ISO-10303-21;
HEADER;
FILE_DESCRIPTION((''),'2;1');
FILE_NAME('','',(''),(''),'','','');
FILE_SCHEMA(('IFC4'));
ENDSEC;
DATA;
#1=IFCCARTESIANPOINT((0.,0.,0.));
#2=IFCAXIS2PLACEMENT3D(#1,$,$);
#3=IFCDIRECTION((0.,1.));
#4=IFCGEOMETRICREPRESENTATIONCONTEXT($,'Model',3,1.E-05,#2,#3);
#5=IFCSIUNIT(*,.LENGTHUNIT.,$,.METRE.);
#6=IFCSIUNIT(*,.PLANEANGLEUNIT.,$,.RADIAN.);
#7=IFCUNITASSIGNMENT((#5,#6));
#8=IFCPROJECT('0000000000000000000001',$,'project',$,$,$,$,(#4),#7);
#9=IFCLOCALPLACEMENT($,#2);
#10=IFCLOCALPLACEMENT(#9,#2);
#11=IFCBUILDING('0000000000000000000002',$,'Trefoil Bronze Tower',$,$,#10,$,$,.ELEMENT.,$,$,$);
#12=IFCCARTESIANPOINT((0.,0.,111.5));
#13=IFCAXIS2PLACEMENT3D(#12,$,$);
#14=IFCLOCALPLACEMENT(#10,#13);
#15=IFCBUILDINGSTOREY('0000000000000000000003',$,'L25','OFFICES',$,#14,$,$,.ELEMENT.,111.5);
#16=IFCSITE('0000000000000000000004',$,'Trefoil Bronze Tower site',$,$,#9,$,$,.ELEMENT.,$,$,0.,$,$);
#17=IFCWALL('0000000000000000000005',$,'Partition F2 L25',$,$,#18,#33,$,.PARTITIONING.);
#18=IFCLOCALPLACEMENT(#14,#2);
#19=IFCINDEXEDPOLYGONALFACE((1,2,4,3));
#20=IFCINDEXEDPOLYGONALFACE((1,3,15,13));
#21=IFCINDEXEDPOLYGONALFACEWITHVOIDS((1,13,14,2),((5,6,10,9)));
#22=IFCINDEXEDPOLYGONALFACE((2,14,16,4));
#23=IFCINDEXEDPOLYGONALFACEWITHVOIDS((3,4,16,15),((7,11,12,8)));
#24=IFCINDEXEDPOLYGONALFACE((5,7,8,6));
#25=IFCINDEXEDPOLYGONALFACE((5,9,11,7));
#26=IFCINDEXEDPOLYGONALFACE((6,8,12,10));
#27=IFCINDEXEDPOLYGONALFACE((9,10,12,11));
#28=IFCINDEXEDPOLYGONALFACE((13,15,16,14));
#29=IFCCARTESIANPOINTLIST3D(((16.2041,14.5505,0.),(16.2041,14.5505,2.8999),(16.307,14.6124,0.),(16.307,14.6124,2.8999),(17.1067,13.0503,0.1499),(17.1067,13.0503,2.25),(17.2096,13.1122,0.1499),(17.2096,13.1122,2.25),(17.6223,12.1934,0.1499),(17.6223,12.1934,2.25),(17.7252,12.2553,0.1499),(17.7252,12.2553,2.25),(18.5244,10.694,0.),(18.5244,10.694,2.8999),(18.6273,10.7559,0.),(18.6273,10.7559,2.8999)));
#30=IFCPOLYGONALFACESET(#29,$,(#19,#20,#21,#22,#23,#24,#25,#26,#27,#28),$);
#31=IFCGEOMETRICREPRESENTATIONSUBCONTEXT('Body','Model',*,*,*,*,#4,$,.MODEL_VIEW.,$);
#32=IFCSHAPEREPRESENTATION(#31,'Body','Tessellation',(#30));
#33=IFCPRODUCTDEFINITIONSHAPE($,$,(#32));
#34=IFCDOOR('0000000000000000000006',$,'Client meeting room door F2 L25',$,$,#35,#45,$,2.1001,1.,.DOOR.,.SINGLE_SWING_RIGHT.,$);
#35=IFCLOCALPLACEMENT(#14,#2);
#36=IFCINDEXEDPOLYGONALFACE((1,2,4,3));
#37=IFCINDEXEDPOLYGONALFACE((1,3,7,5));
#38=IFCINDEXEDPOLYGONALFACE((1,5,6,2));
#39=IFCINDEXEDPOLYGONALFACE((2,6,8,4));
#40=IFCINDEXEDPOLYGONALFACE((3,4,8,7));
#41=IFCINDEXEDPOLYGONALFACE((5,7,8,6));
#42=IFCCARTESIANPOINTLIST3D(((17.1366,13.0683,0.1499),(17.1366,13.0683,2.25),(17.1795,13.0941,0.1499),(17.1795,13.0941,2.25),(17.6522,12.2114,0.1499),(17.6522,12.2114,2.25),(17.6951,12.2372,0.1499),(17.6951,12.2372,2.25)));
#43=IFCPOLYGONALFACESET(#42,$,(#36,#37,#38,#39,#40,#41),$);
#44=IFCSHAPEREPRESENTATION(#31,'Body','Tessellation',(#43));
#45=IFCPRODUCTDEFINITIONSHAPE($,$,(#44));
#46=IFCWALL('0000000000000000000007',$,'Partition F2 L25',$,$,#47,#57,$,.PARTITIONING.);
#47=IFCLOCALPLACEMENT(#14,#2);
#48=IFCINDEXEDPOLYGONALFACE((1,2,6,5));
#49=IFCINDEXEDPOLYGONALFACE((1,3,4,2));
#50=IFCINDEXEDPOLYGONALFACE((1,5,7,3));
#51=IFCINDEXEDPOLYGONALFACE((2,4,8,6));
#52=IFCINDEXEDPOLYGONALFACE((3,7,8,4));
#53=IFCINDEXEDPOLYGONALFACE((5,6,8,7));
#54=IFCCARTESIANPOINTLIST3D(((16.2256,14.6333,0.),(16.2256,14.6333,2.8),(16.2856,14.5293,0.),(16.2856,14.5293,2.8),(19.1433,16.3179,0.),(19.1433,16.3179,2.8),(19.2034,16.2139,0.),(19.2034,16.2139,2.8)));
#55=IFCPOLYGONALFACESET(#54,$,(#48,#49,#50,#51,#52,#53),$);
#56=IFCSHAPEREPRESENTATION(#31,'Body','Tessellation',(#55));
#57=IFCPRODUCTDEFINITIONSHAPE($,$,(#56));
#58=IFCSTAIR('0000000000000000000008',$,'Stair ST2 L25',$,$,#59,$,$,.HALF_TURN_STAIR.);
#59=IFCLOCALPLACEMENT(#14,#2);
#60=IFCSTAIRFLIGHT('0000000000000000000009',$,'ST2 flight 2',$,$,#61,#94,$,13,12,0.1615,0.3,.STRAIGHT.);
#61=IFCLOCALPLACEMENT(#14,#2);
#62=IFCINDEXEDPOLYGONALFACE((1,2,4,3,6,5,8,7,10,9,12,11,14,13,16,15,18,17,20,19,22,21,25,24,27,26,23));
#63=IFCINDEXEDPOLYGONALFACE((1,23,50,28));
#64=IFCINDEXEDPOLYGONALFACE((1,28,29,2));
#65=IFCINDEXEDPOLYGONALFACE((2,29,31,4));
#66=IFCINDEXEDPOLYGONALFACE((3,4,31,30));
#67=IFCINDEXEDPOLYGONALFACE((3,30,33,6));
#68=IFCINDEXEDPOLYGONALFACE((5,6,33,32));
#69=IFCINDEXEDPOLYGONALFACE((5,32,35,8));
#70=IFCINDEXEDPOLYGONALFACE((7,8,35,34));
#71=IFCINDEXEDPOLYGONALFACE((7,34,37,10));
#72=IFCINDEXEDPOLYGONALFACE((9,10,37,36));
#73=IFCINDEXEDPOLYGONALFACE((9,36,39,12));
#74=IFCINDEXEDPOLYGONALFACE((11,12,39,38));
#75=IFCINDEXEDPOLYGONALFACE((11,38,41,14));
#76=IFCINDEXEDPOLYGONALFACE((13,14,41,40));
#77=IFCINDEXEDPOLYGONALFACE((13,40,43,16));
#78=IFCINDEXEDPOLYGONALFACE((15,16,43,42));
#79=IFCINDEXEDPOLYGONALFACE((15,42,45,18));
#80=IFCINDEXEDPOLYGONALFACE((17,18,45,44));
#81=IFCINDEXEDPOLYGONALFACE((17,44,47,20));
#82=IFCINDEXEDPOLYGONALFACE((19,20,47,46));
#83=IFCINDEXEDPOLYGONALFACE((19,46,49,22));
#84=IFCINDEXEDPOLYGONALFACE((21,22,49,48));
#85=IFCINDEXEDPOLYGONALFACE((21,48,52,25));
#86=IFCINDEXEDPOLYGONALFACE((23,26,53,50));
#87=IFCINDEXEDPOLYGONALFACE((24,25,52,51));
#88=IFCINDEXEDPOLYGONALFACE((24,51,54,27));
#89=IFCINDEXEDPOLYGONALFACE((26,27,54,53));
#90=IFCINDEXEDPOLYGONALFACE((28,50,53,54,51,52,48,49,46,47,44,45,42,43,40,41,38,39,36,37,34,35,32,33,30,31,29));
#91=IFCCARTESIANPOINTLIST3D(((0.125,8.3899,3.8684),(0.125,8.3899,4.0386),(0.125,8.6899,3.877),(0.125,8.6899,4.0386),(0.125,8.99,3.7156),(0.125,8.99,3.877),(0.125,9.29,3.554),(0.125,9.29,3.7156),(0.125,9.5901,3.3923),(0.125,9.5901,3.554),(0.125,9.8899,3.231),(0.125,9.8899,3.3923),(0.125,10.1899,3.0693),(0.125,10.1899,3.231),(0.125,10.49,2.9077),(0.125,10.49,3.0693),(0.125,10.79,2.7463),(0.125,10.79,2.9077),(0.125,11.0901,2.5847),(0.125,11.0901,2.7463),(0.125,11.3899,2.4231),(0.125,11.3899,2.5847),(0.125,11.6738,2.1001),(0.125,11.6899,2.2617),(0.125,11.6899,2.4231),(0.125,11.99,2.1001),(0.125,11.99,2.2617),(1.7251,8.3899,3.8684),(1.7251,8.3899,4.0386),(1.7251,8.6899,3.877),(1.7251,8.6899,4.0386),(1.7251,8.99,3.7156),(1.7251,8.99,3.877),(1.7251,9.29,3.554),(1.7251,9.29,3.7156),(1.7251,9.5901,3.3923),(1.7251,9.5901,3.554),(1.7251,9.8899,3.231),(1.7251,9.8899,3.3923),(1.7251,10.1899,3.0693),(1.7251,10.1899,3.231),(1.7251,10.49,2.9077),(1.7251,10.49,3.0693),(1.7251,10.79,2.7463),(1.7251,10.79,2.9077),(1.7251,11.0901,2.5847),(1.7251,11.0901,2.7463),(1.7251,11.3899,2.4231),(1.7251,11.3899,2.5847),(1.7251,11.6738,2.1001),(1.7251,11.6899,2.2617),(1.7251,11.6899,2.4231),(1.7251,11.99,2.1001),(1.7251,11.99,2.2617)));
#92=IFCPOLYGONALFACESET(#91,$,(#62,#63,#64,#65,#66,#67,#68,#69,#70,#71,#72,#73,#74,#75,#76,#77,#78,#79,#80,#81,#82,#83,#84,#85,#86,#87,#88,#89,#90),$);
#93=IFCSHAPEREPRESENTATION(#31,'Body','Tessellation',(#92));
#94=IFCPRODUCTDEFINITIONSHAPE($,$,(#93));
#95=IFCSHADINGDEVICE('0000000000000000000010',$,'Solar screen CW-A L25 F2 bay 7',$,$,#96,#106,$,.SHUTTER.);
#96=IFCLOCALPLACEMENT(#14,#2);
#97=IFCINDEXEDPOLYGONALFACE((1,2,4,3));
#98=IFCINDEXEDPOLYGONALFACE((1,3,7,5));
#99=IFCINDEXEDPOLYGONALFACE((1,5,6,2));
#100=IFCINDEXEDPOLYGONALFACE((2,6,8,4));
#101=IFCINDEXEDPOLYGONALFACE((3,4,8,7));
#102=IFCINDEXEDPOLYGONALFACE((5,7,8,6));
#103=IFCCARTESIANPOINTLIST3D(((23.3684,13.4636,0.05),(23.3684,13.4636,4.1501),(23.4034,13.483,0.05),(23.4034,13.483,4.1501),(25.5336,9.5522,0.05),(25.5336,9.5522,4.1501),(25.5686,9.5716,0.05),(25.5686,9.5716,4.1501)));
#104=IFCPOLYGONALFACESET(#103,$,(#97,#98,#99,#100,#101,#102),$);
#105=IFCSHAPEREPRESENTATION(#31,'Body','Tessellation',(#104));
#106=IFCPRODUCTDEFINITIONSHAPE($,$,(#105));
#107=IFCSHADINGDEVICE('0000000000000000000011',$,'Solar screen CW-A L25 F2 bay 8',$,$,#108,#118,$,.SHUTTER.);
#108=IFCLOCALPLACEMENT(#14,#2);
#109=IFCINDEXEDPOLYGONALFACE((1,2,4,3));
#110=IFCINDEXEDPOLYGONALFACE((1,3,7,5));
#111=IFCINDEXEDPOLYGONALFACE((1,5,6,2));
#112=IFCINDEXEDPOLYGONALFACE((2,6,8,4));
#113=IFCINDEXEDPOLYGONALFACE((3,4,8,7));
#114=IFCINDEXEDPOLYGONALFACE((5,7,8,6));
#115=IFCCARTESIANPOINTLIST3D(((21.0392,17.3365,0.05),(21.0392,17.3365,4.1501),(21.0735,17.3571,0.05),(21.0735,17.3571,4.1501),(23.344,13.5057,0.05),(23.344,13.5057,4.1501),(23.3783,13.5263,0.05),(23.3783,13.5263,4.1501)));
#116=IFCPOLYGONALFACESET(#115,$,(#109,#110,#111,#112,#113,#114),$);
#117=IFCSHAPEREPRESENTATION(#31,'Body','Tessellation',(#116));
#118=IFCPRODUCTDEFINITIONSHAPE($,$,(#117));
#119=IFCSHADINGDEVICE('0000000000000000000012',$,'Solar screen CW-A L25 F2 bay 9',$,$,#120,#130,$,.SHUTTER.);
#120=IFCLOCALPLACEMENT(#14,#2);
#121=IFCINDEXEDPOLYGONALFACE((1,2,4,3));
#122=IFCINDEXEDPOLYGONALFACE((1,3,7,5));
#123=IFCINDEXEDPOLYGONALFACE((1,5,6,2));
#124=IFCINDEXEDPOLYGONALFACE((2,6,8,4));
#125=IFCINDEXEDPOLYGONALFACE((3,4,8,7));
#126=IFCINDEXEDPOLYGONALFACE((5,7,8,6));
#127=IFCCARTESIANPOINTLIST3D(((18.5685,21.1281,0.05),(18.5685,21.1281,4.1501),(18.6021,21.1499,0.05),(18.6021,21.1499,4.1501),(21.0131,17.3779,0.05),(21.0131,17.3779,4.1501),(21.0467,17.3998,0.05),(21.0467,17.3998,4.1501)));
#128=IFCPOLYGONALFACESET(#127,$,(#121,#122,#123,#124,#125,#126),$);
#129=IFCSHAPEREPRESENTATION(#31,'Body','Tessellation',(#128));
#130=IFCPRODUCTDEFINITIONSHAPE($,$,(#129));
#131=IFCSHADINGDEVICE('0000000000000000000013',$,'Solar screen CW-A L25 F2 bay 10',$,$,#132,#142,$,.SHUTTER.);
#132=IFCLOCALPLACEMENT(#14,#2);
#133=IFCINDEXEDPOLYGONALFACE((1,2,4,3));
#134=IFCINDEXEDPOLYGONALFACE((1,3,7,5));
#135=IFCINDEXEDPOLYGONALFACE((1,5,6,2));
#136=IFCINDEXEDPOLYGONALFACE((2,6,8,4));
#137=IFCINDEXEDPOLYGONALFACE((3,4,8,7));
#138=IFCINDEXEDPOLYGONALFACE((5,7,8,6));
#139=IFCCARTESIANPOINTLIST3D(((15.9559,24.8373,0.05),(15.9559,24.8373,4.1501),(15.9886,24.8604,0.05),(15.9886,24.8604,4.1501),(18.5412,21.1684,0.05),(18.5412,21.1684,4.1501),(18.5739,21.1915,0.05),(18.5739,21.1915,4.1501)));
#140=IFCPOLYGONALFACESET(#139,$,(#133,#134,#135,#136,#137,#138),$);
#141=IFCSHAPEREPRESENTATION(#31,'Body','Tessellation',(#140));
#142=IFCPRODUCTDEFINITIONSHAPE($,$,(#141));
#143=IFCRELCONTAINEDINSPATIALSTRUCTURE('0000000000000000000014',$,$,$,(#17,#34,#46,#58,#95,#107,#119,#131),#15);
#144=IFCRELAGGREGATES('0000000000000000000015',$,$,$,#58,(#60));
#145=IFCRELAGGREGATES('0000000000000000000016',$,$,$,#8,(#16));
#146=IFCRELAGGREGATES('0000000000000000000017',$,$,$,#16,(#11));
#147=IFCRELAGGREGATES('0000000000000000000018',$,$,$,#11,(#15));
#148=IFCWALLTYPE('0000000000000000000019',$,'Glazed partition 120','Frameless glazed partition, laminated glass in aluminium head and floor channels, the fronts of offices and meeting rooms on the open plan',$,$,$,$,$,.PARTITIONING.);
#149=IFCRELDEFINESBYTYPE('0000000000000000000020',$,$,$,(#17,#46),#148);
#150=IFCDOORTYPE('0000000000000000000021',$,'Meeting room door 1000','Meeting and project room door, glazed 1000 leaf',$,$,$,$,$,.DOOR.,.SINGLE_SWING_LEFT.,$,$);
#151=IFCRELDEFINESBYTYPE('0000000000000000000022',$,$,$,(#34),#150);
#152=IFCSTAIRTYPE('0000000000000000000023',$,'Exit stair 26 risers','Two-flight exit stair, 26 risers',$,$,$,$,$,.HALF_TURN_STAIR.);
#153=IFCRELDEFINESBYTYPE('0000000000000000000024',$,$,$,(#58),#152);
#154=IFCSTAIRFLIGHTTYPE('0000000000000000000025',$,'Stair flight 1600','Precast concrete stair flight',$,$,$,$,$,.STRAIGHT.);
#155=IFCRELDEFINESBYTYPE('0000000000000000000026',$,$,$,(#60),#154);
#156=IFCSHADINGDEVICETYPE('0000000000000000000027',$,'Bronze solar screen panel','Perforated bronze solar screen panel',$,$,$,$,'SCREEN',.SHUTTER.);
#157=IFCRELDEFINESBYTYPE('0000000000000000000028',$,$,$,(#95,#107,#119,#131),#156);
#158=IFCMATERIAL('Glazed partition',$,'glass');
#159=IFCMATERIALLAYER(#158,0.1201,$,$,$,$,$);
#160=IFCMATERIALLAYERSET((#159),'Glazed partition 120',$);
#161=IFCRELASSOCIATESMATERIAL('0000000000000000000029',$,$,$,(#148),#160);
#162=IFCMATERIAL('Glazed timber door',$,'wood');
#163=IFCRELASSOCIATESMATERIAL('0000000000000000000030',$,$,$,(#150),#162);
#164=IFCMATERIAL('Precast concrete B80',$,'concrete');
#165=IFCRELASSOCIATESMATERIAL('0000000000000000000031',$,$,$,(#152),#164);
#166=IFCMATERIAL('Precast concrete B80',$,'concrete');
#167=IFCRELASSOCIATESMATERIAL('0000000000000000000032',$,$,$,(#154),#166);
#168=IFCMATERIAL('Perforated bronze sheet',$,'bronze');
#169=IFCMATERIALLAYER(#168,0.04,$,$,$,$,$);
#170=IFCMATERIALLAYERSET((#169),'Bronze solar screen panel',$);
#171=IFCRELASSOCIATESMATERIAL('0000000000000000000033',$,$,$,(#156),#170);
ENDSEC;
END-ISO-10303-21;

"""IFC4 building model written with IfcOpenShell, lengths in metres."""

from ifc_helpers import new_model, si_unit, direction, frame, frame_2d, origin, origin_2d, place, context, subcontext, project, spatial, polyline, rectangle, outline, extrude, material, layer, layer_set, type_object, element, fill, aggregate, save


model = new_model("IFC4")

# Units and contexts
model_context = context("Model", 3, precision=1e-05, world=origin(), true_north=direction((0.0, 1.0)))
body_context = subcontext(model_context, "Body", "Model", "MODEL_VIEW")
ifc_project = project(units=[si_unit("LENGTHUNIT", "METRE"), si_unit("PLANEANGLEUNIT", "RADIAN")], contexts=[model_context])

# Site, building, storey
site_placement = place(None, origin())
site = spatial("IfcSite", under=ifc_project, at=site_placement, Name="Trefoil Bronze Tower site", CompositionType="ELEMENT", RefElevation=0.0)
building_placement = place(site_placement, origin())
building = spatial("IfcBuilding", under=site, at=building_placement, Name="Trefoil Bronze Tower", CompositionType="ELEMENT")
storey_placement = place(building_placement, frame((0.0, 0.0, 111.5)))
storey = spatial("IfcBuildingStorey", under=building, at=storey_placement, Name="L25", Description="OFFICES", CompositionType="ELEMENT", Elevation=111.5)

# Shared definitions
ifc_material_1 = material(Name="Glazed partition", Category="glass")
ifc_layer_1 = layer(ifc_material_1, 0.1201)
ifc_layer_set_1 = layer_set([ifc_layer_1], Name="Glazed partition 120")
wall_type_1 = type_object("IfcWallType", Name="Glazed partition 120", Description="Frameless glazed partition, laminated glass in aluminium head and floor channels, the fronts of offices and meeting rooms on the open plan", PredefinedType="PARTITIONING", material=ifc_layer_set_1)

# Wall, opening, door
wall_1_placement = place(storey_placement, frame((18.5759, 10.7249, 0.0), z_axis=(0.0, 0.0, 1.0), x_axis=(-0.515548, 0.85686, 0.0)))
wall_1 = element("IfcWall", 1, at=wall_1_placement, inside=storey, type_object=wall_type_1, Name="Partition F2 L25", PredefinedType="PARTITIONING", context=body_context, shape_type="SweptSolid", body=[
    extrude(rectangle(XDim=4.5007, YDim=0.1201, at=frame_2d((2.2505, 0.0))), origin(), (0.0, 0.0, 1.0), 2.8999),
])
opening_1_placement = place(wall_1_placement, frame((1.75, 0.0, 0.1499)))
opening_1 = element("IfcOpeningElement", 2, at=opening_1_placement, cuts=wall_1, PredefinedType="OPENING", context=body_context, shape_type="SweptSolid", body=[
    extrude(rectangle(XDim=1.0, YDim=2.1001, at=frame_2d((0.5, 1.05))), frame((0.0, 0.0701, 0.0), z_axis=(0.0, -1.0, 0.0), x_axis=(1.0, 0.0, 0.0)), (0.0, 0.0, 1.0), 0.1401),
])
ifc_material_2 = material(Name="Glazed timber door", Category="wood")
door_type_1 = type_object("IfcDoorType", Name="Meeting room door 1000", Description="Meeting and project room door, glazed 1000 leaf", OperationType="SINGLE_SWING_LEFT", PredefinedType="DOOR", material=ifc_material_2)
door_1_placement = place(opening_1_placement, frame((1.0, 0.0, 0.0), z_axis=(0.0, 0.0, 1.0), x_axis=(-1.0, 0.0, 0.0)))
door_1 = element("IfcDoor", 3, at=door_1_placement, inside=storey, type_object=door_type_1, Name="Client meeting room door F2 L25", OperationType="SINGLE_SWING_RIGHT", OverallHeight=2.1001, OverallWidth=1.0, PredefinedType="DOOR", context=body_context, shape_type="SweptSolid", body=[
    extrude(rectangle(XDim=1.0, YDim=2.1001, at=frame_2d((0.5, 1.05))), frame((0.0, 0.0249, 0.0), z_axis=(0.0, -1.0, 0.0), x_axis=(1.0, 0.0, 0.0)), (0.0, 0.0, 1.0), 0.05),
])
fill(opening_1, door_1)

# Wall
wall_2_placement = place(storey_placement, frame((16.2556, 14.5813, 0.0), z_axis=(0.0, 0.0, 1.0), x_axis=(0.866023, 0.500005, 0.0)))
element("IfcWall", 4, at=wall_2_placement, inside=storey, type_object=wall_type_1, Name="Partition F2 L25", PredefinedType="PARTITIONING", context=body_context, shape_type="SweptSolid", body=[
    extrude(rectangle(XDim=3.3691, YDim=0.1201, at=frame_2d((1.6846, 0.0))), origin(), (0.0, 0.0, 1.0), 2.8),
])

# Stair, stair flight
ifc_material_3 = material(Name="Precast concrete B80", Category="concrete")
stair_type = type_object("IfcStairType", Name="Exit stair 26 risers", Description="Two-flight exit stair, 26 risers", PredefinedType="HALF_TURN_STAIR", material=ifc_material_3)
stair_placement = place(storey_placement, origin())
stair = element("IfcStair", 5, at=stair_placement, inside=storey, type_object=stair_type, Name="Stair ST2 L25", PredefinedType="HALF_TURN_STAIR")
ifc_material_4 = material(Name="Precast concrete B80", Category="concrete")
stair_flight_type = type_object("IfcStairFlightType", Name="Stair flight 1600", Description="Precast concrete stair flight", PredefinedType="STRAIGHT", material=ifc_material_4)
stair_flight_placement = place(storey_placement, frame((0.925, 11.99, 2.1001), z_axis=(0.0, 0.0, 1.0), x_axis=(0.0, -1.0, 0.0)))
stair_flight = element("IfcStairFlight", 6, at=stair_flight_placement, type_object=stair_flight_type, Name="ST2 flight 2", NumberOfRisers=13, NumberOfTreads=12, PredefinedType="STRAIGHT", RiserHeight=0.1615, TreadLength=0.3, context=body_context, shape_type="SweptSolid", body=[
    extrude(outline(polyline([(0.0, 0.0), (0.0, 0.1616), (0.3, 0.1616), (0.3, 0.323), (0.6001, 0.323), (0.6001, 0.4846), (0.8999, 0.4846), (0.8999, 0.6462), (1.2, 0.6462), (1.2, 0.8076), (1.5, 0.8076), (1.5, 0.9692), (1.8, 0.9692), (1.8, 1.1309), (2.1001, 1.1309), (2.1001, 1.2922), (2.3999, 1.2922), (2.3999, 1.4539), (2.7, 1.4539), (2.7, 1.6155), (3.0, 1.6155), (3.0, 1.7769), (3.3, 1.7769), (3.3, 1.9385), (3.6001, 1.9385), (3.6001, 2.1001), (3.6001, 1.7683), (0.3162, 0.0), (0.0, 0.0)])), frame((0.0, 0.8, 0.0), z_axis=(0.0, -1.0, 0.0), x_axis=(1.0, 0.0, 0.0)), (0.0, 0.0, 1.0), 1.6001),
])
aggregate(stair, [stair_flight])

# Shading devices
ifc_material_5 = material(Name="Perforated bronze sheet", Category="bronze")
ifc_layer_2 = layer(ifc_material_5, 0.04)
ifc_layer_set_2 = layer_set([ifc_layer_2], Name="Bronze solar screen panel")
shading_device_type = type_object("IfcShadingDeviceType", Name="Bronze solar screen panel", Description="Perforated bronze solar screen panel", ElementType="SCREEN", PredefinedType="SHUTTER", material=ifc_layer_set_2)
for number, where, z_axis, x_axis, name in (
    (7, (24.4685, 11.5176, 0.05), (0.0, 0.0, 1.0), (-0.484312, 0.874895, 0.0), "Solar screen CW-A L25 F2 bay 7"),
    (8, (22.2087, 15.4314, 0.05), (0.0, 0.0, 1.0), (-0.515525, 0.856874, 0.0), "Solar screen CW-A L25 F2 bay 8"),
):
    element("IfcShadingDevice", number, at=place(storey_placement, frame(where, z_axis=z_axis, x_axis=x_axis)), inside=storey, type_object=shading_device_type, Name=name, PredefinedType="SHUTTER", context=body_context, shape_type="SweptSolid", body=[
        extrude(rectangle(XDim=4.4707, YDim=0.04, at=origin_2d()), origin(), (0.0, 0.0, 1.0), 4.1001),
    ])
shading_device_1_placement = place(storey_placement, frame((19.8076, 19.2639, 0.05), z_axis=(0.0, 0.0, 1.0), x_axis=(-0.546089, 0.837727, 0.0)))
element("IfcShadingDevice", 9, at=shading_device_1_placement, inside=storey, type_object=shading_device_type, Name="Solar screen CW-A L25 F2 bay 9", PredefinedType="SHUTTER", context=body_context, shape_type="SweptSolid", body=[
    extrude(rectangle(XDim=4.4766, YDim=0.04, at=origin_2d()), origin(), (0.0, 0.0, 1.0), 4.1001),
])
shading_device_2_placement = place(storey_placement, frame((17.2649, 23.0144, 0.05), z_axis=(0.0, 0.0, 1.0), x_axis=(-0.575999, 0.81745, 0.0)))
element("IfcShadingDevice", 10, at=shading_device_2_placement, inside=storey, type_object=shading_device_type, Name="Solar screen CW-A L25 F2 bay 10", PredefinedType="SHUTTER", context=body_context, shape_type="SweptSolid", body=[
    extrude(rectangle(XDim=4.4883, YDim=0.04, at=origin_2d()), origin(), (0.0, 0.0, 1.0), 4.1001),
])

save(model, "model.ifc")
